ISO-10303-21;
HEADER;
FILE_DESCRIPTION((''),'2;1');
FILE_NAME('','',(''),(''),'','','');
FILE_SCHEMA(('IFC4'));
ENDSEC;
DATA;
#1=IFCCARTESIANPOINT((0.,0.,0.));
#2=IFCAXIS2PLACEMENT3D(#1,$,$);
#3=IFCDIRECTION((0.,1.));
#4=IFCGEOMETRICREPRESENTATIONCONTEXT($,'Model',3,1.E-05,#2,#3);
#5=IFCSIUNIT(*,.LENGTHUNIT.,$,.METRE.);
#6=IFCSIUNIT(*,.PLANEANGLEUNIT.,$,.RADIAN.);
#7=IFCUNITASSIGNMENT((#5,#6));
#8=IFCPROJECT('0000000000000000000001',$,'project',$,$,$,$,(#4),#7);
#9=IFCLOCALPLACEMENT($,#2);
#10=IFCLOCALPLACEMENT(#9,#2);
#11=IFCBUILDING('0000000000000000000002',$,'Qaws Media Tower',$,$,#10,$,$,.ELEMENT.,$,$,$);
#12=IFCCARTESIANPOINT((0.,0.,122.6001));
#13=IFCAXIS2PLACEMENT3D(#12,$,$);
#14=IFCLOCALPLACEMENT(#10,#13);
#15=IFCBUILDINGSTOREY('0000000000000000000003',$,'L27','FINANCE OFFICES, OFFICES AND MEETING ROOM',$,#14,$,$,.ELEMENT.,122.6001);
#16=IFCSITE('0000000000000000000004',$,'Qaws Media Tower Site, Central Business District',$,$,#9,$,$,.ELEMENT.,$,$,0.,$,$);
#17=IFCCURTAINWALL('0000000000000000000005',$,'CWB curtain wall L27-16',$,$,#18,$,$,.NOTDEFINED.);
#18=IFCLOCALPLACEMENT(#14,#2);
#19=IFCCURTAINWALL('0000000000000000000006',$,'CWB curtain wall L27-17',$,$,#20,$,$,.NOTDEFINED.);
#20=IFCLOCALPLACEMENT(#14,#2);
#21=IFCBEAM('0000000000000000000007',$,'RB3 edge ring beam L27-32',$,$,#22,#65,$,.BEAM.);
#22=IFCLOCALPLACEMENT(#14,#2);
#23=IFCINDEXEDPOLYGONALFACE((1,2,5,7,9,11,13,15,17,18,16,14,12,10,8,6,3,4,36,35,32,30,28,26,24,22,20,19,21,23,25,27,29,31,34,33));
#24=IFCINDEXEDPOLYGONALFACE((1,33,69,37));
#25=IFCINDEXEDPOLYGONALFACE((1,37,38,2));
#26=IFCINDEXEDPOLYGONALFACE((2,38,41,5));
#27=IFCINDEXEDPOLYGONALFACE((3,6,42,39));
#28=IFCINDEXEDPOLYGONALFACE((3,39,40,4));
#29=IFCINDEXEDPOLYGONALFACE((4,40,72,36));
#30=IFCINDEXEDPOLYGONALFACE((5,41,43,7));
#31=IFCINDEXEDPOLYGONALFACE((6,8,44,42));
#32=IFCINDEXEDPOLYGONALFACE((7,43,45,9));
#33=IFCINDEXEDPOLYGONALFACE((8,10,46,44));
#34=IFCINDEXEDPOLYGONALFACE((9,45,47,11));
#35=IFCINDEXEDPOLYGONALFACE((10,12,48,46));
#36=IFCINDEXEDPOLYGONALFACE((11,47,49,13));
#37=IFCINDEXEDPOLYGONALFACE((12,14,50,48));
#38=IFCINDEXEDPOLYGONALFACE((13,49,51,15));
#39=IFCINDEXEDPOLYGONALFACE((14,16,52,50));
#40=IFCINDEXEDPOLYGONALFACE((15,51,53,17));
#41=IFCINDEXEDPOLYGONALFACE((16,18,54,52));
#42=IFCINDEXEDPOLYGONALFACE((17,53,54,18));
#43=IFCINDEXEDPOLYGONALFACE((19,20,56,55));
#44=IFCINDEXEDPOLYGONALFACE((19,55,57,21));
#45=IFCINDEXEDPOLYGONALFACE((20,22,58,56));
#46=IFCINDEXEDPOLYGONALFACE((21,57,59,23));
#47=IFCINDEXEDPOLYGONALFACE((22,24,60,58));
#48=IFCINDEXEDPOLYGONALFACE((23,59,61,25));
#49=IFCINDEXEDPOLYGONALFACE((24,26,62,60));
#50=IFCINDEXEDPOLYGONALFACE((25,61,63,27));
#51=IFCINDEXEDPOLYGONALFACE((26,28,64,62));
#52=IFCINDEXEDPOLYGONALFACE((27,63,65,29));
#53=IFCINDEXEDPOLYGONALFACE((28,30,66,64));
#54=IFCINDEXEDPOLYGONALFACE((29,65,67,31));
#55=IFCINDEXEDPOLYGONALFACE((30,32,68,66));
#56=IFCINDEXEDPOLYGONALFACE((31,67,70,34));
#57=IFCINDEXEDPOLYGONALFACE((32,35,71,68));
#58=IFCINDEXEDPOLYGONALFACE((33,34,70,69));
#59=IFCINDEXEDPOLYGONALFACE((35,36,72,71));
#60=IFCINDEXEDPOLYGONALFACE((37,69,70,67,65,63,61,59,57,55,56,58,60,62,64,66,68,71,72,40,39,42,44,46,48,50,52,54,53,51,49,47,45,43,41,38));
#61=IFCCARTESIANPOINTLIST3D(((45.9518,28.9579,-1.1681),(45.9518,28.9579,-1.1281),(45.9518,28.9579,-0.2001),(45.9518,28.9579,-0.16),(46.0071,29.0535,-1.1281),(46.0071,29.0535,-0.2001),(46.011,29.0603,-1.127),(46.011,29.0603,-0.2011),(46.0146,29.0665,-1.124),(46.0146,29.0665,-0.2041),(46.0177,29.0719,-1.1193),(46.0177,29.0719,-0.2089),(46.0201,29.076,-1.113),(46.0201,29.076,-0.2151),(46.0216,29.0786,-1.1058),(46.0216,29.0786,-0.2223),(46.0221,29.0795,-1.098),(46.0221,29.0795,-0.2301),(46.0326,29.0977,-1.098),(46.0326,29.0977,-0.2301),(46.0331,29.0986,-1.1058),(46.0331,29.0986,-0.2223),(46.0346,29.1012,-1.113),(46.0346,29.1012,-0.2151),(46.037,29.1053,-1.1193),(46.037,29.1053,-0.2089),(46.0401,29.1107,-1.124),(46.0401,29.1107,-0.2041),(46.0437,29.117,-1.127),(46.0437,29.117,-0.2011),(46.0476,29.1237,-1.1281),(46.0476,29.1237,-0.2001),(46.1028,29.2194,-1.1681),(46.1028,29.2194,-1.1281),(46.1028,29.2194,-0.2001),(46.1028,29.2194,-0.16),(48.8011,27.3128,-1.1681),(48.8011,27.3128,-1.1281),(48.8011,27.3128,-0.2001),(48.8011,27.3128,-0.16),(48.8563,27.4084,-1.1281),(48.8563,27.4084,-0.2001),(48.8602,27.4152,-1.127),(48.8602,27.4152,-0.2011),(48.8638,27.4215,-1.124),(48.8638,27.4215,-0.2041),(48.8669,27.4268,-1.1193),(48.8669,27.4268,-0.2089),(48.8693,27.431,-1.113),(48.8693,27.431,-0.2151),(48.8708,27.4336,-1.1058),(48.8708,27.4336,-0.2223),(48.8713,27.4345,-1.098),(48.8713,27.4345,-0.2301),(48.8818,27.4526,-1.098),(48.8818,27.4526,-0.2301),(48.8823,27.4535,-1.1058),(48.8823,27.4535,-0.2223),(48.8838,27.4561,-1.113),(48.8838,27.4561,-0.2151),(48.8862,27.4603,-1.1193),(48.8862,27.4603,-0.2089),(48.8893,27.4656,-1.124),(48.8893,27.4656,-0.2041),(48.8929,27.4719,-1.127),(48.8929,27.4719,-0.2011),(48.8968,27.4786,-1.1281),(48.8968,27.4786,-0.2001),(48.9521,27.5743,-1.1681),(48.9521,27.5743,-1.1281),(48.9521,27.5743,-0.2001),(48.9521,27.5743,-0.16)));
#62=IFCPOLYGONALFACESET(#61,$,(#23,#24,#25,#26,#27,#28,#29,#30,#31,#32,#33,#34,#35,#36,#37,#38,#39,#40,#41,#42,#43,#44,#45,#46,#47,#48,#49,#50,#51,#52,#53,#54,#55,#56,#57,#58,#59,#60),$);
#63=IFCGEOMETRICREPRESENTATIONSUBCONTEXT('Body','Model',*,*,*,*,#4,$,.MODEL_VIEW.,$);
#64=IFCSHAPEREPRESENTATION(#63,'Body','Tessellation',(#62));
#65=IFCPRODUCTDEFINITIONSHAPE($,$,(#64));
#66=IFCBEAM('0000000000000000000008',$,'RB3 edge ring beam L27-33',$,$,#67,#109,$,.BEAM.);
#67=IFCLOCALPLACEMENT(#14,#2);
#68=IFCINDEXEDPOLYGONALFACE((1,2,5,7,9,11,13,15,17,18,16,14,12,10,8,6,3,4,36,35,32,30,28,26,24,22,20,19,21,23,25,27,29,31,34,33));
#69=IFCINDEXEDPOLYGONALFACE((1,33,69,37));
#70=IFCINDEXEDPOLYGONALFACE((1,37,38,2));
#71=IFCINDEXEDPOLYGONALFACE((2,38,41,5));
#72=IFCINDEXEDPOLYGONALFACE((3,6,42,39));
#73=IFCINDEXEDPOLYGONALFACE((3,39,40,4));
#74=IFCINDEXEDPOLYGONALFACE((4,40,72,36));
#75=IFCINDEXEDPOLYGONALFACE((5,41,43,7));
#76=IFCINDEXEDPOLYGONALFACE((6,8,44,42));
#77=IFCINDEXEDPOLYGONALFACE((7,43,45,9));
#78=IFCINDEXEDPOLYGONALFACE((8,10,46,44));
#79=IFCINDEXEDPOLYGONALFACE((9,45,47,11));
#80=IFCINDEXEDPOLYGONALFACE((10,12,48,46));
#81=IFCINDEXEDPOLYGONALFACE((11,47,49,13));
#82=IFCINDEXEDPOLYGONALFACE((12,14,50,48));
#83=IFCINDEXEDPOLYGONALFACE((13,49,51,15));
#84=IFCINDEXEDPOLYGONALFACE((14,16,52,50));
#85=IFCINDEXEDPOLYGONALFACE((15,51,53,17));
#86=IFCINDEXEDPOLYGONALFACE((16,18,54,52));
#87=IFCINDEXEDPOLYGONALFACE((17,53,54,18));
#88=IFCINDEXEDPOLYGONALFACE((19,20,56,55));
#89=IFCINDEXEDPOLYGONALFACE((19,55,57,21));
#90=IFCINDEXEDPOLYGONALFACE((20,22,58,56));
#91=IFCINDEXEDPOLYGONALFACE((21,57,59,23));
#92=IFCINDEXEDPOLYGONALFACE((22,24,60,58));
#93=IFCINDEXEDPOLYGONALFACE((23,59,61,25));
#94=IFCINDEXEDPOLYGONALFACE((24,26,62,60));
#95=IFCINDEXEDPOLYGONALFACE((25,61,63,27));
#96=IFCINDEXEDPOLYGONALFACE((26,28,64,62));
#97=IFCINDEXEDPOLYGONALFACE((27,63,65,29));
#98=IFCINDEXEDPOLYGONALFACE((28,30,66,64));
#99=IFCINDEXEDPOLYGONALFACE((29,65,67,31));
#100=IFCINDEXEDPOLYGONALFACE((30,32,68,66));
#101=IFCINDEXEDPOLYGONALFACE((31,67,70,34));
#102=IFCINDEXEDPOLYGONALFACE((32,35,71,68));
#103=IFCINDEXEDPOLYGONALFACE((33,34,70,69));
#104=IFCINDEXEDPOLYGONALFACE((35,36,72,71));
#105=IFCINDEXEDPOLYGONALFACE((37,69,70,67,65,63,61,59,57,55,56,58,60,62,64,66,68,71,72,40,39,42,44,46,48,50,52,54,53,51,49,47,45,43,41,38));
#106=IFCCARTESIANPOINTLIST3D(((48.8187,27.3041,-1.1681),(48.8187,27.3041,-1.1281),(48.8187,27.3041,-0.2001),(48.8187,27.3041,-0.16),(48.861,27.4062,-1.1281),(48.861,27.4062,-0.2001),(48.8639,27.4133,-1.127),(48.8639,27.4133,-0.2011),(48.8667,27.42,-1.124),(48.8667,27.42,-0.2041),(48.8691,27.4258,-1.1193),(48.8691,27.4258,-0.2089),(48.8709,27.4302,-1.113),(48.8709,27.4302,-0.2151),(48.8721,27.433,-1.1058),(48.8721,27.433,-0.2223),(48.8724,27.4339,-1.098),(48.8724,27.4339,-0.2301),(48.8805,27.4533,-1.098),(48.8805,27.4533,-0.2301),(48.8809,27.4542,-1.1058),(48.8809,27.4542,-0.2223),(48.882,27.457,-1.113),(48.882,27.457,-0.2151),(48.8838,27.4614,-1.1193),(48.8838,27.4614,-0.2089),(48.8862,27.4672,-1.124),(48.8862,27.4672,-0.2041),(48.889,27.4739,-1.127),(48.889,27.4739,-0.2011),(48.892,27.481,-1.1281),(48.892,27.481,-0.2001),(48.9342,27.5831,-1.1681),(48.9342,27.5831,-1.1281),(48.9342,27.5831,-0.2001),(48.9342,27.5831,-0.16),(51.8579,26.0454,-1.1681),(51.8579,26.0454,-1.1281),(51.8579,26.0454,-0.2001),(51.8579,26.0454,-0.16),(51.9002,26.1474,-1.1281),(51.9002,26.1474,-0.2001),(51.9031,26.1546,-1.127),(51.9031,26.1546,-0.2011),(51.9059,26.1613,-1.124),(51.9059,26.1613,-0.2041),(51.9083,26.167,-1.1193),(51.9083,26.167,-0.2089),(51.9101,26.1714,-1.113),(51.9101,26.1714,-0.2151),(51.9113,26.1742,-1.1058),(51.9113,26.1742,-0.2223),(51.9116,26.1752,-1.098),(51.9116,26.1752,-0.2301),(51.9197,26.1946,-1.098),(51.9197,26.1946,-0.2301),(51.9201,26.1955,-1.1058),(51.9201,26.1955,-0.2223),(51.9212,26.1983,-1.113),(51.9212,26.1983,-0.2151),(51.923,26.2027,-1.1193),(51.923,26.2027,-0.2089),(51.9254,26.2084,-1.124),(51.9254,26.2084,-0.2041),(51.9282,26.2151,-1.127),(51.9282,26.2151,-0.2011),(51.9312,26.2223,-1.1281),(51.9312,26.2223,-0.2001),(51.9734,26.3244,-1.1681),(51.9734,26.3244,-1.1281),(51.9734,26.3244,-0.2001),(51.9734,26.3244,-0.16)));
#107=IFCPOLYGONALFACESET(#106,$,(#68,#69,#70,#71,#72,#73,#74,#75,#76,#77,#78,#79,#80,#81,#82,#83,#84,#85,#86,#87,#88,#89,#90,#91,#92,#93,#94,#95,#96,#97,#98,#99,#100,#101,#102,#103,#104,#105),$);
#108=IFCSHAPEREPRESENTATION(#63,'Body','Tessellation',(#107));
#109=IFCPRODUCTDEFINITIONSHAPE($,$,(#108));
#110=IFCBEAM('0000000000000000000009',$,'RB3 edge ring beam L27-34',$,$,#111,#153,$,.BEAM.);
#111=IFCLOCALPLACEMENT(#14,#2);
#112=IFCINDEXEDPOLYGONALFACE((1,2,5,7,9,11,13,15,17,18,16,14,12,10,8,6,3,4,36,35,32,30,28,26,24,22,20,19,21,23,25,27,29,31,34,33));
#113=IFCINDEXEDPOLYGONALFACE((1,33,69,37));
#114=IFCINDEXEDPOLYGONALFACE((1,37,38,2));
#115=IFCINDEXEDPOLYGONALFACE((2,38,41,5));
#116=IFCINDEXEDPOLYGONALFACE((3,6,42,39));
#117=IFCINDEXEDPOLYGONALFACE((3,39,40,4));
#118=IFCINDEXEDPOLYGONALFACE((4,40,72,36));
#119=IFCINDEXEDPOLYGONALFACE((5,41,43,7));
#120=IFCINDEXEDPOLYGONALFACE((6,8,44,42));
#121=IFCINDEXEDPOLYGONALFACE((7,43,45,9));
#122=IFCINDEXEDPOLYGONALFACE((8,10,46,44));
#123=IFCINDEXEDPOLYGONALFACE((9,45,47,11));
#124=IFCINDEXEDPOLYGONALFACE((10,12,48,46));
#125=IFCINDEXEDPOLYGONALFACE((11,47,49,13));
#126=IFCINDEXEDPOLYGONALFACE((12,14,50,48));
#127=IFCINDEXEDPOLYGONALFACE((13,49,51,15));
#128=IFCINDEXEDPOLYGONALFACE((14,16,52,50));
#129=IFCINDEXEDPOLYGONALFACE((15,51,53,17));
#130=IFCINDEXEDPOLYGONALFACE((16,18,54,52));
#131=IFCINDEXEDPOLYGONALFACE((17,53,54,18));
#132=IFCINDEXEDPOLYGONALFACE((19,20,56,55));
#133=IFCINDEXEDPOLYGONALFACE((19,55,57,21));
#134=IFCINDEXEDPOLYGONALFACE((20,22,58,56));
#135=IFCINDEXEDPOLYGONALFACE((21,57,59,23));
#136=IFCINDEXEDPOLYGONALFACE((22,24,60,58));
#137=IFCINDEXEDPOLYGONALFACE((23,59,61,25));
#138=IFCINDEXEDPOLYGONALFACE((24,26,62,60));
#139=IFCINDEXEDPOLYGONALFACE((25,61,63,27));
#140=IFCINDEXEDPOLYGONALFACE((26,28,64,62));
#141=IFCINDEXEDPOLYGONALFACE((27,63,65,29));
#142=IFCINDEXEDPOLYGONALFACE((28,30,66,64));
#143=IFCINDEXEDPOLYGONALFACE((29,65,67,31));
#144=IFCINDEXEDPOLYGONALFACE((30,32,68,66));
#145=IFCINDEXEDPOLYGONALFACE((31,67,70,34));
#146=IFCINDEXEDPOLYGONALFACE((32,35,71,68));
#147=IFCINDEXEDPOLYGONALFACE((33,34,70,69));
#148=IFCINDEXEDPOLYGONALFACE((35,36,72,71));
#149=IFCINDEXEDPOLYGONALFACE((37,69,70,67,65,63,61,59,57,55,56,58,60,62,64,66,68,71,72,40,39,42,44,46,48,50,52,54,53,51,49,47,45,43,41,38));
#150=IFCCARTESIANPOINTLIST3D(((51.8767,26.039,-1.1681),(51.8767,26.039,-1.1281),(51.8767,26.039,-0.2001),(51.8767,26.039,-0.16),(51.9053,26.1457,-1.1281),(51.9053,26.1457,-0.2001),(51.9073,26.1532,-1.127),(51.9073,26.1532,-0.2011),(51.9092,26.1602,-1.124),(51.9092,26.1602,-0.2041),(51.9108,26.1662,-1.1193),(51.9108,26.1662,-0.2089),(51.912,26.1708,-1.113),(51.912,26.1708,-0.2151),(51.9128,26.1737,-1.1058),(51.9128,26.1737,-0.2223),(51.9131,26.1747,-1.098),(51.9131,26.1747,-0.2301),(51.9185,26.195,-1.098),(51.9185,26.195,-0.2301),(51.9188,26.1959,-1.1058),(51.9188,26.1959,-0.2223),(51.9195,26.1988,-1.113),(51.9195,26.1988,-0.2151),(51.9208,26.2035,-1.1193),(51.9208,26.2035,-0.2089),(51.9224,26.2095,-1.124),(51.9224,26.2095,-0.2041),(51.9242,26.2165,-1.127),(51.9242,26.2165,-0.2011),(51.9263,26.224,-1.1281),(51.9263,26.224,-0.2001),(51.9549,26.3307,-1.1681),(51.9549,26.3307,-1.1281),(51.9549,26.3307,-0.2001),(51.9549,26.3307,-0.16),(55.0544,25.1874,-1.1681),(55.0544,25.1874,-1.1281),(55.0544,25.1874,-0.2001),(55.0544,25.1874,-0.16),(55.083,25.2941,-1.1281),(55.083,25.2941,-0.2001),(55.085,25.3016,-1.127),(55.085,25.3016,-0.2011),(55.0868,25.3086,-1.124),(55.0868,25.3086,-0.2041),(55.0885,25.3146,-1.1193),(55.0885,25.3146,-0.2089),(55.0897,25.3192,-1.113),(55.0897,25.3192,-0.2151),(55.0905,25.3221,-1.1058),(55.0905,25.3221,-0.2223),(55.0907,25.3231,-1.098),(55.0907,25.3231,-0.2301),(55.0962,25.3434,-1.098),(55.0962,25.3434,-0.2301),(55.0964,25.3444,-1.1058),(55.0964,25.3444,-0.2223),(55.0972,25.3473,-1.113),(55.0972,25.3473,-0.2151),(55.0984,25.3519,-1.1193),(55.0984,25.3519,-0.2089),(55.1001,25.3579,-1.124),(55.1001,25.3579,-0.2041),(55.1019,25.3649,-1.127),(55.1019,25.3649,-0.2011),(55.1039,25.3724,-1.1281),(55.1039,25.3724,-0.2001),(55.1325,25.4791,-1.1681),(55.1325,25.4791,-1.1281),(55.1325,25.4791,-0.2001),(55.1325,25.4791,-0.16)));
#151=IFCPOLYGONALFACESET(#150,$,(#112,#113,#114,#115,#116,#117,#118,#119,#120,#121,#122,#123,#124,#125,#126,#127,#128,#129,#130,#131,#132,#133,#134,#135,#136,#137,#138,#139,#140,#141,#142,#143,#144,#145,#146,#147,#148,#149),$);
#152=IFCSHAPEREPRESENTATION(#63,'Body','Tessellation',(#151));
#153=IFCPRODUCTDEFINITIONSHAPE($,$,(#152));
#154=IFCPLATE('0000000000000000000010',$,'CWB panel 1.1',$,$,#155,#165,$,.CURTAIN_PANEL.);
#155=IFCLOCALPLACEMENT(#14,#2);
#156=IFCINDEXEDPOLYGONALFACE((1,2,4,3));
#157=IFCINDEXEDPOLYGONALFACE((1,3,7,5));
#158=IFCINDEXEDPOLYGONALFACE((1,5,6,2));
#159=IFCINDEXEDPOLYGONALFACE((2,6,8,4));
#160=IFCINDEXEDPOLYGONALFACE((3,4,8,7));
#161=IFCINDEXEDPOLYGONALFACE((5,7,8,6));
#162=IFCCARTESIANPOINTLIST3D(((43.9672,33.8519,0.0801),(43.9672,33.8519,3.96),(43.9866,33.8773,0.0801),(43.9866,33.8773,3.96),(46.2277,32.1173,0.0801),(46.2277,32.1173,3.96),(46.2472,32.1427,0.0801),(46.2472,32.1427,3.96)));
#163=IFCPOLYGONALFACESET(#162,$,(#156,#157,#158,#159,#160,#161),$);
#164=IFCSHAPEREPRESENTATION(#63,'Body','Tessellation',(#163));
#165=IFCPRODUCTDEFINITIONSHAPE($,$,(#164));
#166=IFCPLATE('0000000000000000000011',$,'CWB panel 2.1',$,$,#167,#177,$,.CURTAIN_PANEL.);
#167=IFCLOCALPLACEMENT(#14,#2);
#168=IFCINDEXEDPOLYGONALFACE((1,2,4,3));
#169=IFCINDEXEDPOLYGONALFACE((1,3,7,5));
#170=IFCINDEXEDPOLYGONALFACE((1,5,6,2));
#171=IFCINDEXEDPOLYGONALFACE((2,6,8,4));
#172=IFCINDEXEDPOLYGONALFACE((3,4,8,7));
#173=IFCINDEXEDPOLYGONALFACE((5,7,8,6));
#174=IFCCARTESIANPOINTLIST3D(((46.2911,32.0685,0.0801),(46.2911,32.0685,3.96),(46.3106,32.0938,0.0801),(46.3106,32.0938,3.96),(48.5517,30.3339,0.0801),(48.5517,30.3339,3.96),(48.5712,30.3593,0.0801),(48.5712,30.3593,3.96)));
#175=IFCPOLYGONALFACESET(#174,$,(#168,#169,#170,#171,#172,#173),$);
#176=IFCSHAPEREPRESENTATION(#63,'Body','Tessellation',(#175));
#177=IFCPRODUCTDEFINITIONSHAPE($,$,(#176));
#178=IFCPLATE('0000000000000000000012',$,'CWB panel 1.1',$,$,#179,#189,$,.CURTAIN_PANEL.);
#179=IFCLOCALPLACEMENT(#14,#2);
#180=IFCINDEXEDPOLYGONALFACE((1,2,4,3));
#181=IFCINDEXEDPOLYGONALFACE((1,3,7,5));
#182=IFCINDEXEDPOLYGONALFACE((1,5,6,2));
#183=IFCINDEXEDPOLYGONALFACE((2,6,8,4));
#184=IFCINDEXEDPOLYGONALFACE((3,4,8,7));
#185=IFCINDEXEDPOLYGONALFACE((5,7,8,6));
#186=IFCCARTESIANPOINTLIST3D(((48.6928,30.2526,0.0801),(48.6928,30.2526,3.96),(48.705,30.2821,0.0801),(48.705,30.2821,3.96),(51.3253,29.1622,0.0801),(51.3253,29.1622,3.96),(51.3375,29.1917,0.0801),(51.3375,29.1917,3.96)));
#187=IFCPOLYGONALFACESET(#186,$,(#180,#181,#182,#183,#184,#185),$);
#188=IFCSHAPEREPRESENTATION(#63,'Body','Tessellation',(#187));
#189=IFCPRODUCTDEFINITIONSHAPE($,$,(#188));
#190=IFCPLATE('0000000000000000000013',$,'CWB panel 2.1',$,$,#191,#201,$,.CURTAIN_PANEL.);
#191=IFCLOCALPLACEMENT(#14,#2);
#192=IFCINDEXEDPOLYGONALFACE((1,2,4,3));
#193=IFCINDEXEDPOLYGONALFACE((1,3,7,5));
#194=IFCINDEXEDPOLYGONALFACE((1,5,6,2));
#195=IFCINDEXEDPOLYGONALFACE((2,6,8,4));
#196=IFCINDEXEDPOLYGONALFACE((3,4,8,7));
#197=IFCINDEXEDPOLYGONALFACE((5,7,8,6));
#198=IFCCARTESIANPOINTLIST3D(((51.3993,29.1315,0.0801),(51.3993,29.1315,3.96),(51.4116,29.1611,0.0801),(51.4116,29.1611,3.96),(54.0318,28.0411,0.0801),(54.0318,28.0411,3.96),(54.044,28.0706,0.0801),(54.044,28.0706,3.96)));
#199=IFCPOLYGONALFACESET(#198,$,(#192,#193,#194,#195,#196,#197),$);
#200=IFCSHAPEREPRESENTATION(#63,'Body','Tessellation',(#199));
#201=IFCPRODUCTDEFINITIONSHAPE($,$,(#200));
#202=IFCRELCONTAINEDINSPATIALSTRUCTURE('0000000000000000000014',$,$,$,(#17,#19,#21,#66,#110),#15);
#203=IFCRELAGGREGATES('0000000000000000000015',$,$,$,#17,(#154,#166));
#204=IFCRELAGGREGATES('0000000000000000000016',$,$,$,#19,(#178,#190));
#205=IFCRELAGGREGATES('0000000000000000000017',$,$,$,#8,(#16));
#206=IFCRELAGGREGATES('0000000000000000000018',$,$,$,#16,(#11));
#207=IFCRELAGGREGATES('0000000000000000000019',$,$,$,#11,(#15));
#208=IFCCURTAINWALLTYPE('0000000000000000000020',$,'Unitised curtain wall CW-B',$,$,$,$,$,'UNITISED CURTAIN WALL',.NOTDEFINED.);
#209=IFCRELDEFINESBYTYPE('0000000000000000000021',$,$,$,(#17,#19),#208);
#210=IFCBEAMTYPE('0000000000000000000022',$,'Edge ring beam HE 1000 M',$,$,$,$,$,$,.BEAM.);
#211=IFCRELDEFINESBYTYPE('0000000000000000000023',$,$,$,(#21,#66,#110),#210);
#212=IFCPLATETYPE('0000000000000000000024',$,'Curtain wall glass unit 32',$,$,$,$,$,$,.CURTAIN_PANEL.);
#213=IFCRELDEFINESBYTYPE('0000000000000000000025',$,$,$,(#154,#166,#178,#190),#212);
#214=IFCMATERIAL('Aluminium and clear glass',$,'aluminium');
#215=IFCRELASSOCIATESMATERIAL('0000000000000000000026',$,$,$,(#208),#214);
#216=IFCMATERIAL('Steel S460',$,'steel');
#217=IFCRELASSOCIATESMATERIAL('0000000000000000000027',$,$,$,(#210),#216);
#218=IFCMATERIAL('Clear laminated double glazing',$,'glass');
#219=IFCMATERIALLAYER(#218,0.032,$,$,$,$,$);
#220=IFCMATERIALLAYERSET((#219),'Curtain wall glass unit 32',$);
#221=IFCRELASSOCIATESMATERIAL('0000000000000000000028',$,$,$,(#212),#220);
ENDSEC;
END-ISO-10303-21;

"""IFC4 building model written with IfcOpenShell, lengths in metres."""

from ifc_helpers import new_model, si_unit, direction, frame, origin, origin_2d, place, context, subcontext, project, spatial, rectangle, i_section, extrude, material, layer, layer_set, material_profile, profile_set, type_object, element, aggregate, save


model = new_model("IFC4")

# Units and contexts
model_context = context("Model", 3, precision=1e-05, world=origin(), true_north=direction((0.0, 1.0)))
body_context = subcontext(model_context, "Body", "Model", "MODEL_VIEW")
ifc_project = project(units=[si_unit("LENGTHUNIT", "METRE"), si_unit("PLANEANGLEUNIT", "RADIAN")], contexts=[model_context])

# Site, building, storey
site_placement = place(None, origin())
site = spatial("IfcSite", under=ifc_project, at=site_placement, Name="Qaws Media Tower Site, Central Business District", CompositionType="ELEMENT", RefElevation=0.0)
building_placement = place(site_placement, origin())
building = spatial("IfcBuilding", under=site, at=building_placement, Name="Qaws Media Tower", CompositionType="ELEMENT")
storey_placement = place(building_placement, frame((0.0, 0.0, 122.6001)))
storey = spatial("IfcBuildingStorey", under=building, at=storey_placement, Name="L27", Description="FINANCE OFFICES, OFFICES AND MEETING ROOM", CompositionType="ELEMENT", Elevation=122.6001)

# Curtain walls
ifc_material_1 = material(Name="Aluminium and clear glass", Category="aluminium")
curtain_wall_type = type_object("IfcCurtainWallType", Name="Unitised curtain wall CW-B", ElementType="UNITISED CURTAIN WALL", PredefinedType="NOTDEFINED", material=ifc_material_1)
curtain_wall_1_placement = place(storey_placement, origin())
curtain_wall_1 = element("IfcCurtainWall", 1, at=curtain_wall_1_placement, inside=storey, type_object=curtain_wall_type, Name="CWB curtain wall L27-16", PredefinedType="NOTDEFINED")
curtain_wall_2_placement = place(storey_placement, origin())
curtain_wall_2 = element("IfcCurtainWall", 2, at=curtain_wall_2_placement, inside=storey, type_object=curtain_wall_type, Name="CWB curtain wall L27-17", PredefinedType="NOTDEFINED")

# Beams
ifc_material_2 = material(Name="Steel S460", Category="steel")
ifc_material_profile_1 = material_profile(ifc_material_2, i_section(OverallWidth=0.302, OverallDepth=1.0081, WebThickness=0.021, FlangeThickness=0.04, FilletRadius=0.03, at=origin_2d()), Name="HE 1000 M")
ifc_profile_set_1 = profile_set([ifc_material_profile_1], Name="Steel S460")
beam_type = type_object("IfcBeamType", Name="Edge ring beam HE 1000 M", PredefinedType="BEAM", material=ifc_profile_set_1)
beam_1_placement = place(storey_placement, frame((46.0273, 29.0886, -0.6641), z_axis=(0.866015, -0.500018, 0.0), x_axis=(0.500018, 0.866015, 0.0)))
element("IfcBeam", 3, at=beam_1_placement, inside=storey, type_object=beam_type, Name="RB3 edge ring beam L27-32", PredefinedType="BEAM", context=body_context, shape_type="SweptSolid", body=[
    extrude(i_section(OverallWidth=0.302, OverallDepth=1.0081, WebThickness=0.021, FlangeThickness=0.04, FilletRadius=0.03, at=origin_2d()), origin(), (0.0, 0.0, 1.0), 3.29),
])
beam_2_placement = place(storey_placement, frame((48.8765, 27.4436, -0.6641), z_axis=(0.923894, -0.382649, 0.0), x_axis=(0.382649, 0.923894, 0.0)))
element("IfcBeam", 4, at=beam_2_placement, inside=storey, type_object=beam_type, Name="RB3 edge ring beam L27-33", PredefinedType="BEAM", context=body_context, shape_type="SweptSolid", body=[
    extrude(i_section(OverallWidth=0.302, OverallDepth=1.0081, WebThickness=0.021, FlangeThickness=0.04, FilletRadius=0.03, at=origin_2d()), origin(), (0.0, 0.0, 1.0), 3.2896),
])
beam_3_placement = place(storey_placement, frame((51.9158, 26.1848, -0.6641), z_axis=(0.965919, -0.258845, 0.0), x_axis=(0.258845, 0.965919, 0.0)))
element("IfcBeam", 5, at=beam_3_placement, inside=storey, type_object=beam_type, Name="RB3 edge ring beam L27-34", PredefinedType="BEAM", context=body_context, shape_type="SweptSolid", body=[
    extrude(i_section(OverallWidth=0.302, OverallDepth=1.0081, WebThickness=0.021, FlangeThickness=0.04, FilletRadius=0.03, at=origin_2d()), origin(), (0.0, 0.0, 1.0), 3.2898),
])

# Plates
ifc_material_3 = material(Name="Clear laminated double glazing", Category="glass")
ifc_layer_1 = layer(ifc_material_3, 0.032)
ifc_layer_set_1 = layer_set([ifc_layer_1], Name="Curtain wall glass unit 32")
plate_type_1 = type_object("IfcPlateType", Name="Curtain wall glass unit 32", PredefinedType="CURTAIN_PANEL", material=ifc_layer_set_1)
plate_1_placement = place(storey_placement, frame((45.1072, 32.9973, 0.0801), z_axis=(0.0, 0.0, 1.0), x_axis=(0.793353, -0.608761, 0.0)))
plate_1 = element("IfcPlate", 6, at=plate_1_placement, type_object=plate_type_1, Name="CWB panel 1.1", PredefinedType="CURTAIN_PANEL", context=body_context, shape_type="SweptSolid", body=[
    extrude(rectangle(XDim=2.8494, YDim=0.032, at=origin_2d()), origin(), (0.0, 0.0, 1.0), 3.8799),
])
plate_2_placement = place(storey_placement, frame((47.4312, 31.2139, 0.0801), z_axis=(0.0, 0.0, 1.0), x_axis=(0.793353, -0.608761, 0.0)))
plate_2 = element("IfcPlate", 7, at=plate_2_placement, type_object=plate_type_1, Name="CWB panel 2.1", PredefinedType="CURTAIN_PANEL", context=body_context, shape_type="SweptSolid", body=[
    extrude(rectangle(XDim=2.8494, YDim=0.032, at=origin_2d()), origin(), (0.0, 0.0, 1.0), 3.8799),
])
aggregate(curtain_wall_1, [plate_1, plate_2])
plate_3_placement = place(storey_placement, frame((50.0151, 29.7222, 0.0801), z_axis=(0.0, 0.0, 1.0), x_axis=(0.92388, -0.382683, 0.0)))
plate_3 = element("IfcPlate", 8, at=plate_3_placement, type_object=plate_type_1, Name="CWB panel 1.1", PredefinedType="CURTAIN_PANEL", context=body_context, shape_type="SweptSolid", body=[
    extrude(rectangle(XDim=2.8494, YDim=0.032, at=origin_2d()), origin(), (0.0, 0.0, 1.0), 3.8799),
])
plate_4_placement = place(storey_placement, frame((52.7217, 28.6011, 0.0801), z_axis=(0.0, 0.0, 1.0), x_axis=(0.92388, -0.382683, 0.0)))
plate_4 = element("IfcPlate", 9, at=plate_4_placement, type_object=plate_type_1, Name="CWB panel 2.1", PredefinedType="CURTAIN_PANEL", context=body_context, shape_type="SweptSolid", body=[
    extrude(rectangle(XDim=2.8494, YDim=0.032, at=origin_2d()), origin(), (0.0, 0.0, 1.0), 3.8799),
])
aggregate(curtain_wall_2, [plate_3, plate_4])

save(model, "model.ifc")
